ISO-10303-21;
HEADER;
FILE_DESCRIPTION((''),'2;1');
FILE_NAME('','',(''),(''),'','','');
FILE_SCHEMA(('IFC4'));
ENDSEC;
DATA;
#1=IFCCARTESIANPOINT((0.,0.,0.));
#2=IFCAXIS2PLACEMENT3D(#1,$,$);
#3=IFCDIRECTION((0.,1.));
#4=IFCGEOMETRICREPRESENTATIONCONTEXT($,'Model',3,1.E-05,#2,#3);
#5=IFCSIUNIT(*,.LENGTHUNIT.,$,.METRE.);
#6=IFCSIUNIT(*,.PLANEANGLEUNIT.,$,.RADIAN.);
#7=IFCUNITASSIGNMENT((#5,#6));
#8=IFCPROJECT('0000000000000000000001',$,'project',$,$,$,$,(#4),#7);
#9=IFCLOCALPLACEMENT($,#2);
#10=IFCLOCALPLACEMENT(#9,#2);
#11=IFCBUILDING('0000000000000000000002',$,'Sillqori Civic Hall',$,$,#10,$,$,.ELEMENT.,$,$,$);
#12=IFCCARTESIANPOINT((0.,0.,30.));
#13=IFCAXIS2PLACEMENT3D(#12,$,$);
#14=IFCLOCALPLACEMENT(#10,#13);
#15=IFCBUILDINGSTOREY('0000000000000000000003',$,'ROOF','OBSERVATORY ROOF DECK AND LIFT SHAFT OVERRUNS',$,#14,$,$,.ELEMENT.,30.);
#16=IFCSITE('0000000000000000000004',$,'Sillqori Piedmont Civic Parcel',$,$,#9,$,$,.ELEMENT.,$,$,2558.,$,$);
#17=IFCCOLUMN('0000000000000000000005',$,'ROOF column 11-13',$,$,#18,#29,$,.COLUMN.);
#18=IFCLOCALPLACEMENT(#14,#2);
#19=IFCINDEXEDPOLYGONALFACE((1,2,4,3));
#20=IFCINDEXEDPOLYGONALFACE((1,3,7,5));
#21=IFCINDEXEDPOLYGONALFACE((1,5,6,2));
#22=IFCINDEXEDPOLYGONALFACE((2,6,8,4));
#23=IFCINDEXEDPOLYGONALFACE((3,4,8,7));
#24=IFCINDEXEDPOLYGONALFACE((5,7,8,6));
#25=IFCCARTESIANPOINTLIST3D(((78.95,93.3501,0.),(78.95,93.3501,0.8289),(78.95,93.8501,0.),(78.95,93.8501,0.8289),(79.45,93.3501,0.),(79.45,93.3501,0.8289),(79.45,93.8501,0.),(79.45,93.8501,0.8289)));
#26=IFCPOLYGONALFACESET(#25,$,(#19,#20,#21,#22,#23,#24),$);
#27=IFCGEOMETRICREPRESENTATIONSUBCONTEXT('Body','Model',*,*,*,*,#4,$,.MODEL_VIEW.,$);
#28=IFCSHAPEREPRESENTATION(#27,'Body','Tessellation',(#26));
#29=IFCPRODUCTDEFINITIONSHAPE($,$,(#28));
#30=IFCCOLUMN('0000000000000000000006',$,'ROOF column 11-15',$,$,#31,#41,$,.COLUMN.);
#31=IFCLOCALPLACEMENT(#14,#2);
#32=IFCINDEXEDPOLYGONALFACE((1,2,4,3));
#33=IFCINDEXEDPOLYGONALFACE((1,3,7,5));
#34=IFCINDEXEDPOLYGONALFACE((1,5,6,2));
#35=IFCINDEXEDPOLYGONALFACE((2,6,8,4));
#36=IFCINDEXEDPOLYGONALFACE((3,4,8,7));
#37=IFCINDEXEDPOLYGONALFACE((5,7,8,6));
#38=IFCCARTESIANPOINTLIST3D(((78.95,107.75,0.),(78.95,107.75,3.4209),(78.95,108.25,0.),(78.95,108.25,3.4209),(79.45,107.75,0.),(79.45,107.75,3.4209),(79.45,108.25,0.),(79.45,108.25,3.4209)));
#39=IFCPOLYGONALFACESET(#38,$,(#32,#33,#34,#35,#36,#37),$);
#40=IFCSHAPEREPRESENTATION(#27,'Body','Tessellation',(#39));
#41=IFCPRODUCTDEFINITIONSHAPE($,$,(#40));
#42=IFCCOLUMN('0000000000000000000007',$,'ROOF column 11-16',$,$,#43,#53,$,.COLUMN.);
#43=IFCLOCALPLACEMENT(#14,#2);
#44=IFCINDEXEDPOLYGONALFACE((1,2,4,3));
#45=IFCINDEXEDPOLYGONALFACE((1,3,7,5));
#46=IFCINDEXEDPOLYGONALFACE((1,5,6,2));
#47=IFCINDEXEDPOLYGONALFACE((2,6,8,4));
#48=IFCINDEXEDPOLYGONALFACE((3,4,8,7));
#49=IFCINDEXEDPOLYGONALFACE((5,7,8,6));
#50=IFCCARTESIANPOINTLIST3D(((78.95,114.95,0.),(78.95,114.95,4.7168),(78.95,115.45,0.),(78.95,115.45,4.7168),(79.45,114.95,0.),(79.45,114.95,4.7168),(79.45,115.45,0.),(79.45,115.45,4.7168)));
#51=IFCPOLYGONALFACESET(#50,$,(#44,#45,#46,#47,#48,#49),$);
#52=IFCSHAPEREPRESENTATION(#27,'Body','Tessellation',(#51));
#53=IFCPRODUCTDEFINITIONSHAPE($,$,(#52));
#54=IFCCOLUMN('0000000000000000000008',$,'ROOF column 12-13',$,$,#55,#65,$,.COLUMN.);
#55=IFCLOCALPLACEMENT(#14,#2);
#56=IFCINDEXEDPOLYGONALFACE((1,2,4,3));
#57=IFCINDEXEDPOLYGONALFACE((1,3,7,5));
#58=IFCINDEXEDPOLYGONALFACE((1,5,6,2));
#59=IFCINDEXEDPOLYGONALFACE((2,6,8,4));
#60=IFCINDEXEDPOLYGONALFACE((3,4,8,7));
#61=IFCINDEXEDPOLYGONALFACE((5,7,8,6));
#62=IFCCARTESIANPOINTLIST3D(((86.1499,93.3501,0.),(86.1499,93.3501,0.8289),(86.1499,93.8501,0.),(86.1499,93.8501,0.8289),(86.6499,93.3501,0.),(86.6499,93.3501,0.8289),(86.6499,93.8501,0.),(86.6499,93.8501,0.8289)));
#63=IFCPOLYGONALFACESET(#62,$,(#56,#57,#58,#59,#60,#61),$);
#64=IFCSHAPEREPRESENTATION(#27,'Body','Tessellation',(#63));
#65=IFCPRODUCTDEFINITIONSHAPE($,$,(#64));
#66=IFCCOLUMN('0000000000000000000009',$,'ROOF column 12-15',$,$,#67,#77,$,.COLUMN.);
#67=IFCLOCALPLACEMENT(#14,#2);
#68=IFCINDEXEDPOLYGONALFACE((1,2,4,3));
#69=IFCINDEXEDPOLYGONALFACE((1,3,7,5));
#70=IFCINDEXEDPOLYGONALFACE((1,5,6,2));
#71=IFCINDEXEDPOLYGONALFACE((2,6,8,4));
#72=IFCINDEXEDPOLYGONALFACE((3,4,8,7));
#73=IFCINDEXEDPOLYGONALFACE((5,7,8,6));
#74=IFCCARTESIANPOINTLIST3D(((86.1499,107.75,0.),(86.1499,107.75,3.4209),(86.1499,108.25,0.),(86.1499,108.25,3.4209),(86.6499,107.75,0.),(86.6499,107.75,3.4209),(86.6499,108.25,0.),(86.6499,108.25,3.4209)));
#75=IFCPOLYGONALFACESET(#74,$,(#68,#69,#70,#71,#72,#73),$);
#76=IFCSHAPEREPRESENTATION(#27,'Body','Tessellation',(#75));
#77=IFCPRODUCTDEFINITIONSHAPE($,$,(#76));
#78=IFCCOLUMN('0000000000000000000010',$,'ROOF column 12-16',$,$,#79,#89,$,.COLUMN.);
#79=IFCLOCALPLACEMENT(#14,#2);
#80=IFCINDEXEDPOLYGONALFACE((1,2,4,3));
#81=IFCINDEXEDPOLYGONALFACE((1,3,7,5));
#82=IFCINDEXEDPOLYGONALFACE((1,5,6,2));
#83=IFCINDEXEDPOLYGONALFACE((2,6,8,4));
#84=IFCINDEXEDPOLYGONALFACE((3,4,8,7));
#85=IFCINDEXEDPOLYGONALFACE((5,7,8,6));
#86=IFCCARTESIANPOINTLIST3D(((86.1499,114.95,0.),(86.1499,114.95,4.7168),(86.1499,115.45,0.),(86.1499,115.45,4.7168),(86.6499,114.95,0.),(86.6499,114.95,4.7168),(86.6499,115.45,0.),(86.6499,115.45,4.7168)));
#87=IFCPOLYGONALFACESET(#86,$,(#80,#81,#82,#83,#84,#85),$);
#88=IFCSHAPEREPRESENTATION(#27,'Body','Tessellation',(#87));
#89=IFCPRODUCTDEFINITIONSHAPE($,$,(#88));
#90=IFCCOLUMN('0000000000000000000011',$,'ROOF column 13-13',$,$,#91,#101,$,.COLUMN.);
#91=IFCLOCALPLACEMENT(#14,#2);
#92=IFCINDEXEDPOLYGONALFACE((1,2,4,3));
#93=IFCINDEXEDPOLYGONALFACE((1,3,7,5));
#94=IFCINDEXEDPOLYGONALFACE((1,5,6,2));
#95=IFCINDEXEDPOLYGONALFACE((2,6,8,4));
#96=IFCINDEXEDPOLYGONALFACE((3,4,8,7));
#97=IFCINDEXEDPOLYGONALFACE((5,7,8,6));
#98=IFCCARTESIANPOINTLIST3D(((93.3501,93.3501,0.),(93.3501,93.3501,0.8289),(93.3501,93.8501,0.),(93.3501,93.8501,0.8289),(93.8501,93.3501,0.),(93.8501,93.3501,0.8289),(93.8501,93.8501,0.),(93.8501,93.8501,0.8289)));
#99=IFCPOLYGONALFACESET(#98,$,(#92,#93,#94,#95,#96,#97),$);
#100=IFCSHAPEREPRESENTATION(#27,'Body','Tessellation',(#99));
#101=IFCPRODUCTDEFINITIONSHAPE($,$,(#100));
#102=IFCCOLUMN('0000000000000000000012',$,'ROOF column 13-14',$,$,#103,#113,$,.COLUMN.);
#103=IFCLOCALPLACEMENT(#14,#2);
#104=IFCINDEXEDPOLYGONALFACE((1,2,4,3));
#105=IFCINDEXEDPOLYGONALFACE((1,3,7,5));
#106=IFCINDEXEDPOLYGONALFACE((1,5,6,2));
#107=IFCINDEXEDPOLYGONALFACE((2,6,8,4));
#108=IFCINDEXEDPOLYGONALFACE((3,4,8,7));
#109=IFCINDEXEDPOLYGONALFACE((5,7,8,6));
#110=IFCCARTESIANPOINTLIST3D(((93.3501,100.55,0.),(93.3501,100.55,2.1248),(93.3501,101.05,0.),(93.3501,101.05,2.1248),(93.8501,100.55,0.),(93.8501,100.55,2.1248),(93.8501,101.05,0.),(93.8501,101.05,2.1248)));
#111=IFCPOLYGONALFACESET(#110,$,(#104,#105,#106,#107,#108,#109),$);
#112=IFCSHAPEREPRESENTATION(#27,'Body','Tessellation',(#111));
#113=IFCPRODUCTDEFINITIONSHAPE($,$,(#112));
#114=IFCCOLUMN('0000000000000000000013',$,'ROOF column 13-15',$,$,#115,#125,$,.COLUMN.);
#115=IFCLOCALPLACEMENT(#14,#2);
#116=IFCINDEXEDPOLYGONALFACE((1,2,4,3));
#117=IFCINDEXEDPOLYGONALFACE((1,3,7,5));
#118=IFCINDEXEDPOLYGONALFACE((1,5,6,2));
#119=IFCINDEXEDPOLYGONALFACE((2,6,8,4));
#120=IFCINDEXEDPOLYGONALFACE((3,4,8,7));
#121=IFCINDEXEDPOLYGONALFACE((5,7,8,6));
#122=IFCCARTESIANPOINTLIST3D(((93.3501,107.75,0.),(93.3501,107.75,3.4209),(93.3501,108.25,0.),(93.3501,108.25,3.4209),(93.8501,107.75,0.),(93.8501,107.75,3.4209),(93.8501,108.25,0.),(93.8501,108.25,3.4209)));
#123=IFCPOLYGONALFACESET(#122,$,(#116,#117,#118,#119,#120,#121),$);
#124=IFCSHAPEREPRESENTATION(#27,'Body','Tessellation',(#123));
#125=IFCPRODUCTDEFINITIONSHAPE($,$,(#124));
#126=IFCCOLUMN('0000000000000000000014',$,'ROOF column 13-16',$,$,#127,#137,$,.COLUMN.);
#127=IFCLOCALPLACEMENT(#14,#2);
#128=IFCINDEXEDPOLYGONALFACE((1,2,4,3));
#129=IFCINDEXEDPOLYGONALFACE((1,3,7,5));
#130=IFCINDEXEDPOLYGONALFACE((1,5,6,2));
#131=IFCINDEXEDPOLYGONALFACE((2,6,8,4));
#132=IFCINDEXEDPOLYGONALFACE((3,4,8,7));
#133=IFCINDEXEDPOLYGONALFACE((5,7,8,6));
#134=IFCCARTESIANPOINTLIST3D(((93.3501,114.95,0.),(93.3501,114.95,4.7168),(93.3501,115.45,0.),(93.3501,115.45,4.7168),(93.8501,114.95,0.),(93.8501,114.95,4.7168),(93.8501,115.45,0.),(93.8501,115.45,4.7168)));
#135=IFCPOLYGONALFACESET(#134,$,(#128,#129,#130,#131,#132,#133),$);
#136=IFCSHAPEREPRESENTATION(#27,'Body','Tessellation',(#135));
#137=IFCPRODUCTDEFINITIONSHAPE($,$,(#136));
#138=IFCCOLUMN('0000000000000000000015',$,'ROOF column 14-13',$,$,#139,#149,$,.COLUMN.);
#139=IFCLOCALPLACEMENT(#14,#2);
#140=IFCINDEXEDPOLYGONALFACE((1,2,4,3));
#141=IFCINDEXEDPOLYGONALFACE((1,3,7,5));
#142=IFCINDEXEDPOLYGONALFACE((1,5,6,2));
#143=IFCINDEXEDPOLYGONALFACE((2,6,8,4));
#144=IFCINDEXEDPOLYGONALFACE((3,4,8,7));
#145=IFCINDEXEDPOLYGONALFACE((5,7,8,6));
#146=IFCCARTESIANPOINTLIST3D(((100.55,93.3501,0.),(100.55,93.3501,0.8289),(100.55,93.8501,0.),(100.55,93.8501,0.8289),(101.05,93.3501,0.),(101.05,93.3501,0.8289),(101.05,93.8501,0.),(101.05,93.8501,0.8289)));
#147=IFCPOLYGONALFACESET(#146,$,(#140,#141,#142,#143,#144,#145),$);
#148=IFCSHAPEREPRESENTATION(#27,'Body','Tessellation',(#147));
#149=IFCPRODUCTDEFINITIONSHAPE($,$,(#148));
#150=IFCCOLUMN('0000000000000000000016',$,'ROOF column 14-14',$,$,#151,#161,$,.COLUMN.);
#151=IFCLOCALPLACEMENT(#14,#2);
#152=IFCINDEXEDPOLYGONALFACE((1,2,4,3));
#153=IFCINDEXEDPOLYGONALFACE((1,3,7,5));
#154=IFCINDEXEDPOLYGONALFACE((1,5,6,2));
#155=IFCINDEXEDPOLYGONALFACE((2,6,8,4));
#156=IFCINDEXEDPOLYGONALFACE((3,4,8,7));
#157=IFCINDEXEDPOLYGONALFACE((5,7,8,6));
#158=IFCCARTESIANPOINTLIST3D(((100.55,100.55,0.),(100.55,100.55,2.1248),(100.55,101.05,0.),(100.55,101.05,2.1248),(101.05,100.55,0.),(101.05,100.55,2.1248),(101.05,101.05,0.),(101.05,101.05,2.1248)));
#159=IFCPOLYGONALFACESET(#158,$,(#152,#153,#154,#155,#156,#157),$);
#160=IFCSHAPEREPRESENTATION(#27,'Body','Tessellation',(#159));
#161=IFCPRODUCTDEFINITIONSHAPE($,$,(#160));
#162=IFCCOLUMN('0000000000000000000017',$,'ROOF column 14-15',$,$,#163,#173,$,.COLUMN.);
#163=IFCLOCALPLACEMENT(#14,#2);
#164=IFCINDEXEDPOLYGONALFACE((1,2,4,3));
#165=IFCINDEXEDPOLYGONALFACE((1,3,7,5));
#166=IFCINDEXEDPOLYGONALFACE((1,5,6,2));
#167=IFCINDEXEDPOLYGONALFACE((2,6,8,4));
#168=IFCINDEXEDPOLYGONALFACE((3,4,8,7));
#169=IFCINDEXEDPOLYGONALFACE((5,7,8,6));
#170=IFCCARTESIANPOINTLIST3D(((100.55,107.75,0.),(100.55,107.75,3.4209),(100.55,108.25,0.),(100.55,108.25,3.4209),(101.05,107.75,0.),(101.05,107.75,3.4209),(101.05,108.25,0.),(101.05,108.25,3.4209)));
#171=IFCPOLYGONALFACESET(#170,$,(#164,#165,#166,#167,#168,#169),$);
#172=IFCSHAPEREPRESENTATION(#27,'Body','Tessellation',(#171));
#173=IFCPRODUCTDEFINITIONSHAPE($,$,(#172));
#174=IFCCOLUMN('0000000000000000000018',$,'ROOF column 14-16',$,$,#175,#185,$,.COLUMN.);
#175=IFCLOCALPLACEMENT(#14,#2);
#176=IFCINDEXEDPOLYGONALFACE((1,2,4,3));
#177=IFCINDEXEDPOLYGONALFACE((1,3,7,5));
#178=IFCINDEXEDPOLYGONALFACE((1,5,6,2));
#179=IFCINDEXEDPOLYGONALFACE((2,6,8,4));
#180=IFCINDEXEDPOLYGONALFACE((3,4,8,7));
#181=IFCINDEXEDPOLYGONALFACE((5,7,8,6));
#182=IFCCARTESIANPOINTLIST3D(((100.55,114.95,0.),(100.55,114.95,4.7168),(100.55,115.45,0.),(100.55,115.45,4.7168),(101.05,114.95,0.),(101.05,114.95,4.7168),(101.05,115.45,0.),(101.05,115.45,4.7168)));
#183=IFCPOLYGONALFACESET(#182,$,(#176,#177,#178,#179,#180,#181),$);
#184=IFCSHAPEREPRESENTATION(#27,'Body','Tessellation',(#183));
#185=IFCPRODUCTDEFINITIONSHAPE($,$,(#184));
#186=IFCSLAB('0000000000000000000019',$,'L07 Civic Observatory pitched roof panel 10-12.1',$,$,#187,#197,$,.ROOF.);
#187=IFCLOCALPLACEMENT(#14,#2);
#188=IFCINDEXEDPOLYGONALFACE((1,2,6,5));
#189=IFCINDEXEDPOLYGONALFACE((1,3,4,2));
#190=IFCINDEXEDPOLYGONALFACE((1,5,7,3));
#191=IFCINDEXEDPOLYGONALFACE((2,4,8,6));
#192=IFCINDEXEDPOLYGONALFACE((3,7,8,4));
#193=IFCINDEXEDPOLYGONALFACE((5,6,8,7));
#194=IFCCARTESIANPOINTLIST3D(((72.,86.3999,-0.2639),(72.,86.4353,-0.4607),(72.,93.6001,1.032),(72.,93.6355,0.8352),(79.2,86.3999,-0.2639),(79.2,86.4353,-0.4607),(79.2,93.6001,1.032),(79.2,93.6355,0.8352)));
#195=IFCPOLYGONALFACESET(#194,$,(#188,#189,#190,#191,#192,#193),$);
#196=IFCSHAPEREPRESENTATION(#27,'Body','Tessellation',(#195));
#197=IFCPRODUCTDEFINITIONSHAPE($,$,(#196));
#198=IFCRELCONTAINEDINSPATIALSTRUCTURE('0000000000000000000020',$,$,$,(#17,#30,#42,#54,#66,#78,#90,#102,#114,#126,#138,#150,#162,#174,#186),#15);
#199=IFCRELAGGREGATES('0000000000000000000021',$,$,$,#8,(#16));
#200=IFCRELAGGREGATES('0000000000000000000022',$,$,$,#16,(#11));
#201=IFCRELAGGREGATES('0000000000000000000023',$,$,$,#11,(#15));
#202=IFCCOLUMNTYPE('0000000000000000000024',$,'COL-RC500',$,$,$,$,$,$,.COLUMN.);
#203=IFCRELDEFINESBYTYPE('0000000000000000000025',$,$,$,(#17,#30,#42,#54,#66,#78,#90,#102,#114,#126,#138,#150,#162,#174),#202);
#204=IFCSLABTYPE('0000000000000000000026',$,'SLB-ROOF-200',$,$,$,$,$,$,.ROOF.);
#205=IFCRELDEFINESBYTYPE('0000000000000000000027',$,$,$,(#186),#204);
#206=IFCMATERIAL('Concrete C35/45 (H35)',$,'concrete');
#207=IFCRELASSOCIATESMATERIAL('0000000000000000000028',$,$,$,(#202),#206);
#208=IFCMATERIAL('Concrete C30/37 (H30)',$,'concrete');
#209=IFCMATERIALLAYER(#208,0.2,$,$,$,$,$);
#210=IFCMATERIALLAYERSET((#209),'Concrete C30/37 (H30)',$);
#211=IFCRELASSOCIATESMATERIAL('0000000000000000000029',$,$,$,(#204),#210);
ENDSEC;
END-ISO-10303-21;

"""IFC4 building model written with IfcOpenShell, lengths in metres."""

from ifc_helpers import new_model, si_unit, direction, frame, origin, origin_2d, place, context, subcontext, project, spatial, polyline, rectangle, outline, extrude, material, layer, layer_set, material_profile, profile_set, type_object, element, save


model = new_model("IFC4")

# Units and contexts
model_context = context("Model", 3, precision=1e-05, world=origin(), true_north=direction((0.0, 1.0)))
body_context = subcontext(model_context, "Body", "Model", "MODEL_VIEW")
ifc_project = project(units=[si_unit("LENGTHUNIT", "METRE"), si_unit("PLANEANGLEUNIT", "RADIAN")], contexts=[model_context])

# Site, building, storey
site_placement = place(None, origin())
site = spatial("IfcSite", under=ifc_project, at=site_placement, Name="Sillqori Piedmont Civic Parcel", CompositionType="ELEMENT", RefElevation=2558.0)
building_placement = place(site_placement, origin())
building = spatial("IfcBuilding", under=site, at=building_placement, Name="Sillqori Civic Hall", CompositionType="ELEMENT")
storey_placement = place(building_placement, frame((0.0, 0.0, 30.0)))
storey = spatial("IfcBuildingStorey", under=building, at=storey_placement, Name="ROOF", Description="OBSERVATORY ROOF DECK AND LIFT SHAFT OVERRUNS", CompositionType="ELEMENT", Elevation=30.0)

# Columns
ifc_material_1 = material(Name="Concrete C35/45 (H35)", Category="concrete")
ifc_material_profile = material_profile(ifc_material_1, rectangle(XDim=0.5, YDim=0.5, at=origin_2d()), Name="RC 500x500")
ifc_profile_set = profile_set([ifc_material_profile], Name="Concrete C35/45 (H35)")
column_type = type_object("IfcColumnType", Name="COL-RC500", PredefinedType="COLUMN", material=ifc_profile_set)
column_1_placement = place(storey_placement, frame((79.2, 93.6001, 0.0), z_axis=(0.0, 0.0, 1.0), x_axis=(1.0, 0.0, 0.0)))
element("IfcColumn", 1, at=column_1_placement, inside=storey, type_object=column_type, Name="ROOF column 11-13", PredefinedType="COLUMN", context=body_context, shape_type="SweptSolid", body=[
    extrude(rectangle(XDim=0.5, YDim=0.5, at=origin_2d()), origin(), (0.0, 0.0, 1.0), 0.8289),
])
column_2_placement = place(storey_placement, frame((79.2, 108.0, 0.0), z_axis=(0.0, 0.0, 1.0), x_axis=(1.0, 0.0, 0.0)))
element("IfcColumn", 2, at=column_2_placement, inside=storey, type_object=column_type, Name="ROOF column 11-15", PredefinedType="COLUMN", context=body_context, shape_type="SweptSolid", body=[
    extrude(rectangle(XDim=0.5, YDim=0.5, at=origin_2d()), origin(), (0.0, 0.0, 1.0), 3.4209),
])
column_3_placement = place(storey_placement, frame((79.2, 115.2, 0.0), z_axis=(0.0, 0.0, 1.0), x_axis=(1.0, 0.0, 0.0)))
element("IfcColumn", 3, at=column_3_placement, inside=storey, type_object=column_type, Name="ROOF column 11-16", PredefinedType="COLUMN", context=body_context, shape_type="SweptSolid", body=[
    extrude(rectangle(XDim=0.5, YDim=0.5, at=origin_2d()), origin(), (0.0, 0.0, 1.0), 4.7168),
])
column_4_placement = place(storey_placement, frame((86.3999, 93.6001, 0.0), z_axis=(0.0, 0.0, 1.0), x_axis=(1.0, 0.0, 0.0)))
element("IfcColumn", 4, at=column_4_placement, inside=storey, type_object=column_type, Name="ROOF column 12-13", PredefinedType="COLUMN", context=body_context, shape_type="SweptSolid", body=[
    extrude(rectangle(XDim=0.5, YDim=0.5, at=origin_2d()), origin(), (0.0, 0.0, 1.0), 0.8289),
])
column_5_placement = place(storey_placement, frame((86.3999, 108.0, 0.0), z_axis=(0.0, 0.0, 1.0), x_axis=(1.0, 0.0, 0.0)))
element("IfcColumn", 5, at=column_5_placement, inside=storey, type_object=column_type, Name="ROOF column 12-15", PredefinedType="COLUMN", context=body_context, shape_type="SweptSolid", body=[
    extrude(rectangle(XDim=0.5, YDim=0.5, at=origin_2d()), origin(), (0.0, 0.0, 1.0), 3.4209),
])
column_6_placement = place(storey_placement, frame((86.3999, 115.2, 0.0), z_axis=(0.0, 0.0, 1.0), x_axis=(1.0, 0.0, 0.0)))
element("IfcColumn", 6, at=column_6_placement, inside=storey, type_object=column_type, Name="ROOF column 12-16", PredefinedType="COLUMN", context=body_context, shape_type="SweptSolid", body=[
    extrude(rectangle(XDim=0.5, YDim=0.5, at=origin_2d()), origin(), (0.0, 0.0, 1.0), 4.7168),
])
column_7_placement = place(storey_placement, frame((93.6001, 93.6001, 0.0), z_axis=(0.0, 0.0, 1.0), x_axis=(1.0, 0.0, 0.0)))
element("IfcColumn", 7, at=column_7_placement, inside=storey, type_object=column_type, Name="ROOF column 13-13", PredefinedType="COLUMN", context=body_context, shape_type="SweptSolid", body=[
    extrude(rectangle(XDim=0.5, YDim=0.5, at=origin_2d()), origin(), (0.0, 0.0, 1.0), 0.8289),
])
column_8_placement = place(storey_placement, frame((93.6001, 100.8, 0.0), z_axis=(0.0, 0.0, 1.0), x_axis=(1.0, 0.0, 0.0)))
element("IfcColumn", 8, at=column_8_placement, inside=storey, type_object=column_type, Name="ROOF column 13-14", PredefinedType="COLUMN", context=body_context, shape_type="SweptSolid", body=[
    extrude(rectangle(XDim=0.5, YDim=0.5, at=origin_2d()), origin(), (0.0, 0.0, 1.0), 2.1248),
])
column_9_placement = place(storey_placement, frame((93.6001, 108.0, 0.0), z_axis=(0.0, 0.0, 1.0), x_axis=(1.0, 0.0, 0.0)))
element("IfcColumn", 9, at=column_9_placement, inside=storey, type_object=column_type, Name="ROOF column 13-15", PredefinedType="COLUMN", context=body_context, shape_type="SweptSolid", body=[
    extrude(rectangle(XDim=0.5, YDim=0.5, at=origin_2d()), origin(), (0.0, 0.0, 1.0), 3.4209),
])
column_10_placement = place(storey_placement, frame((93.6001, 115.2, 0.0), z_axis=(0.0, 0.0, 1.0), x_axis=(1.0, 0.0, 0.0)))
element("IfcColumn", 10, at=column_10_placement, inside=storey, type_object=column_type, Name="ROOF column 13-16", PredefinedType="COLUMN", context=body_context, shape_type="SweptSolid", body=[
    extrude(rectangle(XDim=0.5, YDim=0.5, at=origin_2d()), origin(), (0.0, 0.0, 1.0), 4.7168),
])
column_11_placement = place(storey_placement, frame((100.8, 93.6001, 0.0), z_axis=(0.0, 0.0, 1.0), x_axis=(1.0, 0.0, 0.0)))
element("IfcColumn", 11, at=column_11_placement, inside=storey, type_object=column_type, Name="ROOF column 14-13", PredefinedType="COLUMN", context=body_context, shape_type="SweptSolid", body=[
    extrude(rectangle(XDim=0.5, YDim=0.5, at=origin_2d()), origin(), (0.0, 0.0, 1.0), 0.8289),
])
column_12_placement = place(storey_placement, frame((100.8, 100.8, 0.0), z_axis=(0.0, 0.0, 1.0), x_axis=(1.0, 0.0, 0.0)))
element("IfcColumn", 12, at=column_12_placement, inside=storey, type_object=column_type, Name="ROOF column 14-14", PredefinedType="COLUMN", context=body_context, shape_type="SweptSolid", body=[
    extrude(rectangle(XDim=0.5, YDim=0.5, at=origin_2d()), origin(), (0.0, 0.0, 1.0), 2.1248),
])
column_13_placement = place(storey_placement, frame((100.8, 108.0, 0.0), z_axis=(0.0, 0.0, 1.0), x_axis=(1.0, 0.0, 0.0)))
element("IfcColumn", 13, at=column_13_placement, inside=storey, type_object=column_type, Name="ROOF column 14-15", PredefinedType="COLUMN", context=body_context, shape_type="SweptSolid", body=[
    extrude(rectangle(XDim=0.5, YDim=0.5, at=origin_2d()), origin(), (0.0, 0.0, 1.0), 3.4209),
])
column_14_placement = place(storey_placement, frame((100.8, 115.2, 0.0), z_axis=(0.0, 0.0, 1.0), x_axis=(1.0, 0.0, 0.0)))
element("IfcColumn", 14, at=column_14_placement, inside=storey, type_object=column_type, Name="ROOF column 14-16", PredefinedType="COLUMN", context=body_context, shape_type="SweptSolid", body=[
    extrude(rectangle(XDim=0.5, YDim=0.5, at=origin_2d()), origin(), (0.0, 0.0, 1.0), 4.7168),
])

# Slab
ifc_material_2 = material(Name="Concrete C30/37 (H30)", Category="concrete")
ifc_layer = layer(ifc_material_2, 0.2)
ifc_layer_set = layer_set([ifc_layer], Name="Concrete C30/37 (H30)")
slab_type = type_object("IfcSlabType", Name="SLB-ROOF-200", PredefinedType="ROOF", material=ifc_layer_set)
slab_1_placement = place(storey_placement, frame((72.0, 86.3999, -0.2639), z_axis=(0.0, -0.177135, 0.984187), x_axis=(1.0, 0.0, 0.0)))
element("IfcSlab", 15, at=slab_1_placement, inside=storey, type_object=slab_type, Name="L07 Civic Observatory pitched roof panel 10-12.1", PredefinedType="ROOF", context=body_context, shape_type="SweptSolid", body=[
    extrude(outline(polyline([(0.0, 0.0), (7.2, 0.0), (7.2, 7.3159), (0.0, 7.3159), (0.0, 0.0)])), origin(), (0.0, 0.0, -1.0), 0.2),
])

save(model, "model.ifc")
